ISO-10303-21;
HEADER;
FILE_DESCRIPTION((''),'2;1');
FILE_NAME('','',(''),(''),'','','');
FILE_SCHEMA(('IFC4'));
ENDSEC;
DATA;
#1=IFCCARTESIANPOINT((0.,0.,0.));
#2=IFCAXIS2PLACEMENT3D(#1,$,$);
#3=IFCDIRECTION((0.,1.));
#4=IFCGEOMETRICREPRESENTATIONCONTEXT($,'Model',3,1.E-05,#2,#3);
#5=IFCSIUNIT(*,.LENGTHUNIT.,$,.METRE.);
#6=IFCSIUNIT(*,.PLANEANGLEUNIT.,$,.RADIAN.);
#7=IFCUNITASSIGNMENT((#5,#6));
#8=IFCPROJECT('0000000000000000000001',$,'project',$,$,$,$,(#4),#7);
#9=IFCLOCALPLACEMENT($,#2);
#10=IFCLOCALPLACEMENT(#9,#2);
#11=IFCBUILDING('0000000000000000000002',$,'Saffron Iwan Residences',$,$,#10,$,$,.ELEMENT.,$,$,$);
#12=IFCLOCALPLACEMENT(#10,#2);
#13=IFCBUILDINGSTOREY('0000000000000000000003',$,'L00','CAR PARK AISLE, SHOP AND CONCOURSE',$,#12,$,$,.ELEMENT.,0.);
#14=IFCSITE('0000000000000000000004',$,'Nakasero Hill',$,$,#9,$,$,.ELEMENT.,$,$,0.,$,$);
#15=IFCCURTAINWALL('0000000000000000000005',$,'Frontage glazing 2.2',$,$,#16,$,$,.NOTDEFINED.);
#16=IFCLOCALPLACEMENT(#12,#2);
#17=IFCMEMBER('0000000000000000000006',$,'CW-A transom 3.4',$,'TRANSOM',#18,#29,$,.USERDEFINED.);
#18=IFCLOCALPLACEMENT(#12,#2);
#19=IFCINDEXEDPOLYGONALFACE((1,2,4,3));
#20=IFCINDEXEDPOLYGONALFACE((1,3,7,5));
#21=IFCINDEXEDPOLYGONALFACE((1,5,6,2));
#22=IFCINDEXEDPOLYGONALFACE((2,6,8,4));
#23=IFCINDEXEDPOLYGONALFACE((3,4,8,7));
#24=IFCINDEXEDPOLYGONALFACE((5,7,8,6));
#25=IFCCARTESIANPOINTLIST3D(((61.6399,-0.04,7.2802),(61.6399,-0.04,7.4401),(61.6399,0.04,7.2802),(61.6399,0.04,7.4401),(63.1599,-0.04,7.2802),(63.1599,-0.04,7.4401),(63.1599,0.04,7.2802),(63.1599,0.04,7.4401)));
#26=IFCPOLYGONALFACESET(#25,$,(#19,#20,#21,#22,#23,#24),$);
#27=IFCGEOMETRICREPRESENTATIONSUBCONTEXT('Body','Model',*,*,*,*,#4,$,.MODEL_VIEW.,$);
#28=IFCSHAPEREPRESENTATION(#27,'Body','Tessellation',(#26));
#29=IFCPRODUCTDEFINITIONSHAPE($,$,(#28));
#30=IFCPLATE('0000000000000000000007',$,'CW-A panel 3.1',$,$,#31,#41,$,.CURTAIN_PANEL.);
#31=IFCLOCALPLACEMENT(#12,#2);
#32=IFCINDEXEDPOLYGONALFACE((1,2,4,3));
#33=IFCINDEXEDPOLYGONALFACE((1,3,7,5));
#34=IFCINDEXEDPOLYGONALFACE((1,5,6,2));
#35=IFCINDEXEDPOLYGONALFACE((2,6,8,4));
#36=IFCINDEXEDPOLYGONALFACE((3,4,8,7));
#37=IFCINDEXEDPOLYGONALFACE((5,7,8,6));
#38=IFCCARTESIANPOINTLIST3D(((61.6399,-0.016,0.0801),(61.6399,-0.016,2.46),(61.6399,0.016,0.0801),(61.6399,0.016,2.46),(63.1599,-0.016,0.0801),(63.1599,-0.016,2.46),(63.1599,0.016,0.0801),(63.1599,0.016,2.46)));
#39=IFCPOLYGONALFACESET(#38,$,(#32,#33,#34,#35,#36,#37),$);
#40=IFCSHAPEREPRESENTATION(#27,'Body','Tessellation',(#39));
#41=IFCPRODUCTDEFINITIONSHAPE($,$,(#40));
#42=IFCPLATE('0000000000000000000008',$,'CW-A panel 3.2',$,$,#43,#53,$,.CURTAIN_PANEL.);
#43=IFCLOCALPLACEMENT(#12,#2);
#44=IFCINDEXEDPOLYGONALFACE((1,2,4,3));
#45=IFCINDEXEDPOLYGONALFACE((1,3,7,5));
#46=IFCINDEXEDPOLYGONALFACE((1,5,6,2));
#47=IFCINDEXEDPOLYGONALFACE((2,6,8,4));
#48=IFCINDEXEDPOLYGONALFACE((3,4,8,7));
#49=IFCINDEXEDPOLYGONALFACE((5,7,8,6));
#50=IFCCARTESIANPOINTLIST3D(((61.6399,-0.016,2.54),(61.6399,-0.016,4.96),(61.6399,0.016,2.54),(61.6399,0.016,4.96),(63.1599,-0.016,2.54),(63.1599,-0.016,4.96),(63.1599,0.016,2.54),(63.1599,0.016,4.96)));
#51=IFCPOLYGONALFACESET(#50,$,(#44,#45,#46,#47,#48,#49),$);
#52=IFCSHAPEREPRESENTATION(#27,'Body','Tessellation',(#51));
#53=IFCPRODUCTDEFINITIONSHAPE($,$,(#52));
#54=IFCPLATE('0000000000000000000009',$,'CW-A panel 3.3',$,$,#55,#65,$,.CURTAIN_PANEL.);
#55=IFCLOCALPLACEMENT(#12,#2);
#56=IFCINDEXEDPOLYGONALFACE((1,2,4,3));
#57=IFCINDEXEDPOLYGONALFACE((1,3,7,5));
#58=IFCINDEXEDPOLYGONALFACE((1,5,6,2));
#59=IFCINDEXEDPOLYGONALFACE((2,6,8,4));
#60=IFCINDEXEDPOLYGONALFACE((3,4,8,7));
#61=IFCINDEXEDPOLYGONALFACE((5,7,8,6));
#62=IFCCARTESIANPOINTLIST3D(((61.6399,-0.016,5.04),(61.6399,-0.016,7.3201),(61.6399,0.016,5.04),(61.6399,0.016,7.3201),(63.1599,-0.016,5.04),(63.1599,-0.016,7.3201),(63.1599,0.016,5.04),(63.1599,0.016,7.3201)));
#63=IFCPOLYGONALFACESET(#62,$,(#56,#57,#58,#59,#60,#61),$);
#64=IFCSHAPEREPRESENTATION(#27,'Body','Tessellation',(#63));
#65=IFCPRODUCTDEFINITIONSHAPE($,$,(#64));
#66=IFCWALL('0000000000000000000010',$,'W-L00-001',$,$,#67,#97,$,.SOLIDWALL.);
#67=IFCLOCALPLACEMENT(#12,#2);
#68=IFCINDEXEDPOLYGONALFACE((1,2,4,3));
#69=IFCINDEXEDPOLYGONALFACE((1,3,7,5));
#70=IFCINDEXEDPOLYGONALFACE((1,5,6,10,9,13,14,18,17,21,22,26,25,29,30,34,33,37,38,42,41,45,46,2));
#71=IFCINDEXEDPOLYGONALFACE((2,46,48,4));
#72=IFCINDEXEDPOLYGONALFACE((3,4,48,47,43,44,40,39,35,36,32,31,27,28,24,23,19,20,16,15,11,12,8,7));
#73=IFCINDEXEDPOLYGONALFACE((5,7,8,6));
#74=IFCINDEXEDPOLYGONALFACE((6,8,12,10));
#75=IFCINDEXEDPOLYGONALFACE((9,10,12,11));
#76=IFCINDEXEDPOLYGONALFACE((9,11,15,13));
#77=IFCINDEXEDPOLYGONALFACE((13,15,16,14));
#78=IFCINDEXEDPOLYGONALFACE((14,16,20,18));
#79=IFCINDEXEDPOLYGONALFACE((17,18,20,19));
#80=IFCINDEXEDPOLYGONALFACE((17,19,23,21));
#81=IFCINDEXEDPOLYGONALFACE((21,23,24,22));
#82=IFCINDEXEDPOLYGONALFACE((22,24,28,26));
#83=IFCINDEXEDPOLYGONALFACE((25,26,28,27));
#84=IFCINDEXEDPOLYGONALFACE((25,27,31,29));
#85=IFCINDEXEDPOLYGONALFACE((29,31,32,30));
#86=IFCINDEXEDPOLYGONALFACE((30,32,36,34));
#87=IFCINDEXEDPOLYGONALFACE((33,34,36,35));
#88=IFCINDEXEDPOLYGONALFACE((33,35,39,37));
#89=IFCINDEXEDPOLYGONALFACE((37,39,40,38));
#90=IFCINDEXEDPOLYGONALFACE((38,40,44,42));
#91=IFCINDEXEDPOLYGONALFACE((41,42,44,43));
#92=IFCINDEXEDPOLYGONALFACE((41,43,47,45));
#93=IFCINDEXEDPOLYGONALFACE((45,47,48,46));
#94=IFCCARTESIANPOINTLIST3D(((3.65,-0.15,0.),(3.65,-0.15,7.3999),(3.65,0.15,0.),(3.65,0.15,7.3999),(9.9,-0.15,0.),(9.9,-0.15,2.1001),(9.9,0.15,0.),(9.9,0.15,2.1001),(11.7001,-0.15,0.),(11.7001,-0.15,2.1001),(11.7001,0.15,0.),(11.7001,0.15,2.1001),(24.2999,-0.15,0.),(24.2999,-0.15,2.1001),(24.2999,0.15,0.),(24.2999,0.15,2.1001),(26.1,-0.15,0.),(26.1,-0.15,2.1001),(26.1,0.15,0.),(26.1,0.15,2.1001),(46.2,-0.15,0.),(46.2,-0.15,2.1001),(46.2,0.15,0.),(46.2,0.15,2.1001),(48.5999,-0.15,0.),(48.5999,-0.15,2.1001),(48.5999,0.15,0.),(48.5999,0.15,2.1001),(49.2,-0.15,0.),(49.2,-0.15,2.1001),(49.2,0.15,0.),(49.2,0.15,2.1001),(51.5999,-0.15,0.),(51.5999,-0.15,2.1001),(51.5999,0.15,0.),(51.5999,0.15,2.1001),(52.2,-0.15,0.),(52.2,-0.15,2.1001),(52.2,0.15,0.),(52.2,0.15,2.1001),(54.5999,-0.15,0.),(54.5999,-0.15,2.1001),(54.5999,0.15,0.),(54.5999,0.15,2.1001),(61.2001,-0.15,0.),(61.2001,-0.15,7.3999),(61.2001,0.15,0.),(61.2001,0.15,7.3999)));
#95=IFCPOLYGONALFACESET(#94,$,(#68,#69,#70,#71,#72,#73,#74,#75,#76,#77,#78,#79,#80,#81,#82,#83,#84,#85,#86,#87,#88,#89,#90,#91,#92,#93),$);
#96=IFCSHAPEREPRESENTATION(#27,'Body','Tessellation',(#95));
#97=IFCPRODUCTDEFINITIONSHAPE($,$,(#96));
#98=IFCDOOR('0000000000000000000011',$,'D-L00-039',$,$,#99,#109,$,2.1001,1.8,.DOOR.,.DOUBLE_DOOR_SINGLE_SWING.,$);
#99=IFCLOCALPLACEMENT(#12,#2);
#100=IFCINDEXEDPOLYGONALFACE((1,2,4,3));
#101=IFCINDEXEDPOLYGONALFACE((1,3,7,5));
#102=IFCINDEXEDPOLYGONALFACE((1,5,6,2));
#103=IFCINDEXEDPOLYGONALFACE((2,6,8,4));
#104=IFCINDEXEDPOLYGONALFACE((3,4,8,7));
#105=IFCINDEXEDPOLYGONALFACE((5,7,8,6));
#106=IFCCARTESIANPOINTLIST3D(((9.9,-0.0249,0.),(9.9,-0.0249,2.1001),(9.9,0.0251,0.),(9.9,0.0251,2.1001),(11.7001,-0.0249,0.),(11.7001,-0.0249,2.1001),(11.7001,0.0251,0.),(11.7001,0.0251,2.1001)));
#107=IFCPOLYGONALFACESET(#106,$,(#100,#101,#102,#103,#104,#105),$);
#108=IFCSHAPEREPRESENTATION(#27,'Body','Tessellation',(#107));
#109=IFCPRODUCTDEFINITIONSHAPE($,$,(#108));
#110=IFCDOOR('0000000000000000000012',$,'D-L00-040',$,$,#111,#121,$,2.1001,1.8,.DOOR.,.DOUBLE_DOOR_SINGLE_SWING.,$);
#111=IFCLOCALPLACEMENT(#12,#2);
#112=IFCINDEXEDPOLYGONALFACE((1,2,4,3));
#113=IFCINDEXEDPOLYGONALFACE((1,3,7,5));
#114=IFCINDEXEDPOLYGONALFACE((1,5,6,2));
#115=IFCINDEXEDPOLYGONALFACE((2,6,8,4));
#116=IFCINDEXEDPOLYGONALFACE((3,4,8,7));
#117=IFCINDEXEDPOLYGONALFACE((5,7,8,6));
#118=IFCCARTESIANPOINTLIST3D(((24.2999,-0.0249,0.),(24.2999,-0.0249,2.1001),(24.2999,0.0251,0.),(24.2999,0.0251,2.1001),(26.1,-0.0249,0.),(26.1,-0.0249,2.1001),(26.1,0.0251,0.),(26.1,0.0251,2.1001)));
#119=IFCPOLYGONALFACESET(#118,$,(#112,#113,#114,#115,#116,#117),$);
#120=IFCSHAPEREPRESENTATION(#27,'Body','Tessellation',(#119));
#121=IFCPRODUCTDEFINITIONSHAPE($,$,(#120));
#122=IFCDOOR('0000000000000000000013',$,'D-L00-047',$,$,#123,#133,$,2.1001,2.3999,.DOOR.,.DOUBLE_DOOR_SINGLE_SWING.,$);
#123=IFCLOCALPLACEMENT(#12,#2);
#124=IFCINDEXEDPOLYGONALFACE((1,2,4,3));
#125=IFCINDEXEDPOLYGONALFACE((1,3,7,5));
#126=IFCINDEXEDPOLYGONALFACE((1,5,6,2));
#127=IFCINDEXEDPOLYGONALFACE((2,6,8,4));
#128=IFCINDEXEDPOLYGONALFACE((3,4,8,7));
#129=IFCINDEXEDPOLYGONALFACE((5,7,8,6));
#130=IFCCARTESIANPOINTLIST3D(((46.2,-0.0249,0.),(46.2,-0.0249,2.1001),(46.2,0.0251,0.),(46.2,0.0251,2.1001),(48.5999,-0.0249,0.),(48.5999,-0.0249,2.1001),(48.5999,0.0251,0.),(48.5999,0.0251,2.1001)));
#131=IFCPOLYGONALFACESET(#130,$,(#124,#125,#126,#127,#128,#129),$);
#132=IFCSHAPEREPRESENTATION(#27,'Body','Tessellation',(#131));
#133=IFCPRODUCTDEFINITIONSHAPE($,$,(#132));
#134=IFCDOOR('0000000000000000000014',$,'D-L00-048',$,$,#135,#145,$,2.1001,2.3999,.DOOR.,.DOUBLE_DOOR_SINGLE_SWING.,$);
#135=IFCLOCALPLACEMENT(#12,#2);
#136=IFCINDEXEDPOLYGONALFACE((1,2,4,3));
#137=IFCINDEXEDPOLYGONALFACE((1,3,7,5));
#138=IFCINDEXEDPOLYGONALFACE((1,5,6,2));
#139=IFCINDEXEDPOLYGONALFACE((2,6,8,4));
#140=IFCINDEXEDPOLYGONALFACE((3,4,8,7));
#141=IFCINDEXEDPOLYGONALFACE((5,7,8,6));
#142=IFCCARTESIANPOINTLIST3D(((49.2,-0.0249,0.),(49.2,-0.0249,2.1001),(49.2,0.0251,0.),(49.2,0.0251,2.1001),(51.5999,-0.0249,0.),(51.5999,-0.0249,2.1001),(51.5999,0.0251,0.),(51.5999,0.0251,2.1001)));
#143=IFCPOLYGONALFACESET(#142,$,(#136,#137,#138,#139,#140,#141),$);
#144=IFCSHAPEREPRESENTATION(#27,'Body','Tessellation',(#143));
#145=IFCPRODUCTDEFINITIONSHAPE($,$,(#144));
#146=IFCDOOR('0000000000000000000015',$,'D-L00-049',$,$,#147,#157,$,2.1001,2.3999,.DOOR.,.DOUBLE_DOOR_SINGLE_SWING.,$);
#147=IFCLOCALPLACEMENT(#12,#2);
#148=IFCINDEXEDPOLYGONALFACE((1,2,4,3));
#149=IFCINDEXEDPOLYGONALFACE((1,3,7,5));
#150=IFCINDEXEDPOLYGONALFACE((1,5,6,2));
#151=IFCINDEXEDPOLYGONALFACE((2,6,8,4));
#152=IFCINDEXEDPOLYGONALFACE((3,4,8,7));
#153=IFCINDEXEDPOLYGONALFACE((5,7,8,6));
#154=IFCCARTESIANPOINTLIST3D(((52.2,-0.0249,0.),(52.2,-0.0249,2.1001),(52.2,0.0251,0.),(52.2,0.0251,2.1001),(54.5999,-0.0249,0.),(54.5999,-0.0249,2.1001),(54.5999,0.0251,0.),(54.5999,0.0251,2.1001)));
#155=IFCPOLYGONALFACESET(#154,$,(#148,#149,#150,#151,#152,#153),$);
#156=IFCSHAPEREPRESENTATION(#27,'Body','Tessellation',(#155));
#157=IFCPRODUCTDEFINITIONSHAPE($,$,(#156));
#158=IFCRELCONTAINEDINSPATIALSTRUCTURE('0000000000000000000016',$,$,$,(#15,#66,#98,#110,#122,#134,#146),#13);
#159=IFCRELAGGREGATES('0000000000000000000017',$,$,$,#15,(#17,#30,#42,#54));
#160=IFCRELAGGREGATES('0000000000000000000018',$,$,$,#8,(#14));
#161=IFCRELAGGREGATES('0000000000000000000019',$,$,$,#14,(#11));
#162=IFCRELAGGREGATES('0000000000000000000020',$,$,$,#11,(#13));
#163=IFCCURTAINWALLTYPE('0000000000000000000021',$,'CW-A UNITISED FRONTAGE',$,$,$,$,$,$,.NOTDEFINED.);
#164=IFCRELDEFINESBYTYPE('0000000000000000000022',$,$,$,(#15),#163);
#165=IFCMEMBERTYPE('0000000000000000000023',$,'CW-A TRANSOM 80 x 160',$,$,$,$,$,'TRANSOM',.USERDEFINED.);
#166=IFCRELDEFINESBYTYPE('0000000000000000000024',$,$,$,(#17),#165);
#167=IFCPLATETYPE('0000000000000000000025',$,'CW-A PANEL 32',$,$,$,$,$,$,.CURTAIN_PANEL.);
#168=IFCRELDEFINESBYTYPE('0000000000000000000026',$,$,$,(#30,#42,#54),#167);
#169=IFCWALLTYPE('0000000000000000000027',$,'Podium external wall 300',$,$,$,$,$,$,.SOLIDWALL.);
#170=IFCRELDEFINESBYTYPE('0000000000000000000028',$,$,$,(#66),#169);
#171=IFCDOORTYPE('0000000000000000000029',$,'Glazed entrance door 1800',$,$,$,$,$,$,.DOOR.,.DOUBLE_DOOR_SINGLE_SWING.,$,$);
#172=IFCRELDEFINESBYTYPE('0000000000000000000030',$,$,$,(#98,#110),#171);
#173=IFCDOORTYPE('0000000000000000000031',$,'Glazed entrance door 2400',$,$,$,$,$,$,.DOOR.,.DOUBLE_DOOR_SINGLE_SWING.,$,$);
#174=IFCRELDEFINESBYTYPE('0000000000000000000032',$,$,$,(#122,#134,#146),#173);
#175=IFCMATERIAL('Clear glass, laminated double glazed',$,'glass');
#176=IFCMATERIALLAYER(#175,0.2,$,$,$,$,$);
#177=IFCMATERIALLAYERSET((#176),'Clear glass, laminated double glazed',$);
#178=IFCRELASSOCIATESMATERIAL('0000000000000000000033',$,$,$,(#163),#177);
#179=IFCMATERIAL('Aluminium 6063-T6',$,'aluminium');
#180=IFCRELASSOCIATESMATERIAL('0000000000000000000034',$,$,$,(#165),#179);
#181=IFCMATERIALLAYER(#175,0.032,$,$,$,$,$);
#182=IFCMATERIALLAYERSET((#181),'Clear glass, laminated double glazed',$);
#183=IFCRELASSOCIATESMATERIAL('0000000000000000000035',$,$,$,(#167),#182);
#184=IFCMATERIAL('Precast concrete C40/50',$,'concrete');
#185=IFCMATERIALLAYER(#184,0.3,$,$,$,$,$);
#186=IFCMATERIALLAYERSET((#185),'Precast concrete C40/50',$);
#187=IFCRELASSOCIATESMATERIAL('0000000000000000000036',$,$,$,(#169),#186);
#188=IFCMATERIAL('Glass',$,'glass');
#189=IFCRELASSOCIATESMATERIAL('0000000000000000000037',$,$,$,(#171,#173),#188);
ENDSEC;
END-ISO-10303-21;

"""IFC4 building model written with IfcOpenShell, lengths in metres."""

from ifc_helpers import new_model, si_unit, direction, frame, frame_2d, origin, origin_2d, place, context, subcontext, project, spatial, rectangle, extrude, source, transform, mapped, material, layer, layer_set, material_profile, profile_set, type_object, element, fill, aggregate, save


model = new_model("IFC4")

# Units and contexts
model_context = context("Model", 3, precision=1e-05, world=origin(), true_north=direction((0.0, 1.0)))
body_context = subcontext(model_context, "Body", "Model", "MODEL_VIEW")
ifc_project = project(units=[si_unit("LENGTHUNIT", "METRE"), si_unit("PLANEANGLEUNIT", "RADIAN")], contexts=[model_context])

# Site, building, storey
site_placement = place(None, origin())
site = spatial("IfcSite", under=ifc_project, at=site_placement, Name="Nakasero Hill", CompositionType="ELEMENT", RefElevation=0.0)
building_placement = place(site_placement, origin())
building = spatial("IfcBuilding", under=site, at=building_placement, Name="Saffron Iwan Residences", CompositionType="ELEMENT")
storey_placement = place(building_placement, origin())
storey = spatial("IfcBuildingStorey", under=building, at=storey_placement, Name="L00", Description="CAR PARK AISLE, SHOP AND CONCOURSE", CompositionType="ELEMENT", Elevation=0.0)

# Curtain wall, member, plates
ifc_material_1 = material(Name="Clear glass, laminated double glazed", Category="glass")
ifc_layer_1 = layer(ifc_material_1, 0.2)
ifc_layer_set_1 = layer_set([ifc_layer_1], Name="Clear glass, laminated double glazed")
curtain_wall_type = type_object("IfcCurtainWallType", Name="CW-A UNITISED FRONTAGE", PredefinedType="NOTDEFINED", material=ifc_layer_set_1)
curtain_wall_placement = place(storey_placement, origin())
curtain_wall = element("IfcCurtainWall", 1, at=curtain_wall_placement, inside=storey, type_object=curtain_wall_type, Name="Frontage glazing 2.2", PredefinedType="NOTDEFINED")
ifc_material_2 = material(Name="Aluminium 6063-T6", Category="aluminium")
ifc_material_profile_1 = material_profile(ifc_material_2, rectangle(XDim=0.0801, YDim=0.1599, at=origin_2d()), Name="CW-A TRANSOM 80 x 160")
ifc_profile_set_1 = profile_set([ifc_material_profile_1], Name="Aluminium 6063-T6")
member_type_1 = type_object("IfcMemberType", Name="CW-A TRANSOM 80 x 160", ElementType="TRANSOM", PredefinedType="USERDEFINED", material=ifc_profile_set_1)
shared_shape_1 = source(origin(), body_context, "Body", "SweptSolid", [
    extrude(rectangle(XDim=0.0801, YDim=0.1599, at=origin_2d()), origin(), (0.0, 0.0, 1.0), 1.52),
])
member_1_placement = place(storey_placement, frame((61.6399, 0.0, 7.3601), z_axis=(1.0, 0.0, 0.0), x_axis=(0.0, 1.0, 0.0)))
member_1 = element("IfcMember", 2, at=member_1_placement, type_object=member_type_1, Name="CW-A transom 3.4", ObjectType="TRANSOM", PredefinedType="USERDEFINED", context=body_context, shape_type="MappedRepresentation", body=[
    mapped(shared_shape_1, transform((0.0, 0.0, 0.0))),
])
ifc_layer_2 = layer(ifc_material_1, 0.032)
ifc_layer_set_2 = layer_set([ifc_layer_2], Name="Clear glass, laminated double glazed")
plate_type = type_object("IfcPlateType", Name="CW-A PANEL 32", PredefinedType="CURTAIN_PANEL", material=ifc_layer_set_2)
shared_shape_2 = source(origin(), body_context, "Body", "SweptSolid", [
    extrude(rectangle(XDim=1.52, YDim=0.032, at=origin_2d()), origin(), (0.0, 0.0, 1.0), 2.3799),
])
plate_1_placement = place(storey_placement, frame((62.3999, 0.0, 0.0801), z_axis=(0.0, 0.0, 1.0), x_axis=(1.0, 0.0, 0.0)))
plate_1 = element("IfcPlate", 3, at=plate_1_placement, type_object=plate_type, Name="CW-A panel 3.1", PredefinedType="CURTAIN_PANEL", context=body_context, shape_type="MappedRepresentation", body=[
    mapped(shared_shape_2, transform((0.0, 0.0, 0.0))),
])
shared_shape_3 = source(origin(), body_context, "Body", "SweptSolid", [
    extrude(rectangle(XDim=1.52, YDim=0.032, at=origin_2d()), origin(), (0.0, 0.0, 1.0), 2.4199),
])
plate_2_placement = place(storey_placement, frame((62.3999, 0.0, 2.54), z_axis=(0.0, 0.0, 1.0), x_axis=(1.0, 0.0, 0.0)))
plate_2 = element("IfcPlate", 4, at=plate_2_placement, type_object=plate_type, Name="CW-A panel 3.2", PredefinedType="CURTAIN_PANEL", context=body_context, shape_type="MappedRepresentation", body=[
    mapped(shared_shape_3, transform((0.0, 0.0, 0.0))),
])
shared_shape_4 = source(origin(), body_context, "Body", "SweptSolid", [
    extrude(rectangle(XDim=1.52, YDim=0.032, at=origin_2d()), origin(), (0.0, 0.0, 1.0), 2.28),
])
plate_3_placement = place(storey_placement, frame((62.3999, 0.0, 5.04), z_axis=(0.0, 0.0, 1.0), x_axis=(1.0, 0.0, 0.0)))
plate_3 = element("IfcPlate", 5, at=plate_3_placement, type_object=plate_type, Name="CW-A panel 3.3", PredefinedType="CURTAIN_PANEL", context=body_context, shape_type="MappedRepresentation", body=[
    mapped(shared_shape_4, transform((0.0, 0.0, 0.0))),
])
aggregate(curtain_wall, [member_1, plate_1, plate_2, plate_3])

# Wall, openings, doors
ifc_material_3 = material(Name="Precast concrete C40/50", Category="concrete")
ifc_layer_3 = layer(ifc_material_3, 0.3)
ifc_layer_set_3 = layer_set([ifc_layer_3], Name="Precast concrete C40/50")
wall_type_1 = type_object("IfcWallType", Name="Podium external wall 300", PredefinedType="SOLIDWALL", material=ifc_layer_set_3)
wall_1_placement = place(storey_placement, frame((61.2, 0.0, 0.0), z_axis=(0.0, 0.0, 1.0), x_axis=(-1.0, 0.0, 0.0)))
wall_1 = element("IfcWall", 6, at=wall_1_placement, inside=storey, type_object=wall_type_1, Name="W-L00-001", PredefinedType="SOLIDWALL", context=body_context, shape_type="SweptSolid", body=[
    extrude(rectangle(XDim=57.55, YDim=0.3, at=frame_2d((28.7749, 0.0))), origin(), (0.0, 0.0, 1.0), 7.3999),
])
opening_1_placement = place(wall_1_placement, frame((49.5, 0.0, 0.0)))
opening_1 = element("IfcOpeningElement", 7, at=opening_1_placement, cuts=wall_1, PredefinedType="OPENING", context=body_context, shape_type="SweptSolid", body=[
    extrude(rectangle(XDim=1.8, YDim=2.1001, at=frame_2d((0.8999, 1.05))), frame((0.0, 0.1602, 0.0), z_axis=(0.0, -1.0, 0.0), x_axis=(1.0, 0.0, 0.0)), (0.0, 0.0, 1.0), 0.3201),
])
opening_2_placement = place(wall_1_placement, frame((35.1001, 0.0, 0.0)))
opening_2 = element("IfcOpeningElement", 8, at=opening_2_placement, cuts=wall_1, PredefinedType="OPENING", context=body_context, shape_type="SweptSolid", body=[
    extrude(rectangle(XDim=1.8, YDim=2.1001, at=frame_2d((0.8999, 1.05))), frame((0.0, 0.1602, 0.0), z_axis=(0.0, -1.0, 0.0), x_axis=(1.0, 0.0, 0.0)), (0.0, 0.0, 1.0), 0.3201),
])
opening_3_placement = place(wall_1_placement, frame((12.6001, 0.0, 0.0)))
opening_3 = element("IfcOpeningElement", 9, at=opening_3_placement, cuts=wall_1, PredefinedType="OPENING", context=body_context, shape_type="SweptSolid", body=[
    extrude(rectangle(XDim=2.3999, YDim=2.1001, at=frame_2d((1.2, 1.05))), frame((0.0, 0.1602, 0.0), z_axis=(0.0, -1.0, 0.0), x_axis=(1.0, 0.0, 0.0)), (0.0, 0.0, 1.0), 0.3201),
])
opening_4_placement = place(wall_1_placement, frame((9.6001, 0.0, 0.0)))
opening_4 = element("IfcOpeningElement", 10, at=opening_4_placement, cuts=wall_1, PredefinedType="OPENING", context=body_context, shape_type="SweptSolid", body=[
    extrude(rectangle(XDim=2.3999, YDim=2.1001, at=frame_2d((1.2, 1.05))), frame((0.0, 0.1602, 0.0), z_axis=(0.0, -1.0, 0.0), x_axis=(1.0, 0.0, 0.0)), (0.0, 0.0, 1.0), 0.3201),
])
opening_5_placement = place(wall_1_placement, frame((6.6001, 0.0, 0.0)))
opening_5 = element("IfcOpeningElement", 11, at=opening_5_placement, cuts=wall_1, PredefinedType="OPENING", context=body_context, shape_type="SweptSolid", body=[
    extrude(rectangle(XDim=2.3999, YDim=2.1001, at=frame_2d((1.2, 1.05))), frame((0.0, 0.1602, 0.0), z_axis=(0.0, -1.0, 0.0), x_axis=(1.0, 0.0, 0.0)), (0.0, 0.0, 1.0), 0.3201),
])
ifc_material_4 = material(Name="Glass", Category="glass")
door_type_1 = type_object("IfcDoorType", Name="Glazed entrance door 1800", OperationType="DOUBLE_DOOR_SINGLE_SWING", PredefinedType="DOOR", material=ifc_material_4)
door_1_placement = place(opening_1_placement, origin())
door_1 = element("IfcDoor", 12, at=door_1_placement, inside=storey, type_object=door_type_1, Name="D-L00-039", OperationType="DOUBLE_DOOR_SINGLE_SWING", OverallHeight=2.1001, OverallWidth=1.8, PredefinedType="DOOR", context=body_context, shape_type="SweptSolid", body=[
    extrude(rectangle(XDim=1.8, YDim=2.1001, at=frame_2d((0.8999, 1.05))), frame((0.0, 0.0249, 0.0), z_axis=(0.0, -1.0, 0.0), x_axis=(1.0, 0.0, 0.0)), (0.0, 0.0, 1.0), 0.05),
])
fill(opening_1, door_1)
door_2_placement = place(opening_2_placement, origin())
door_2 = element("IfcDoor", 13, at=door_2_placement, inside=storey, type_object=door_type_1, Name="D-L00-040", OperationType="DOUBLE_DOOR_SINGLE_SWING", OverallHeight=2.1001, OverallWidth=1.8, PredefinedType="DOOR", context=body_context, shape_type="SweptSolid", body=[
    extrude(rectangle(XDim=1.8, YDim=2.1001, at=frame_2d((0.8999, 1.05))), frame((0.0, 0.0249, 0.0), z_axis=(0.0, -1.0, 0.0), x_axis=(1.0, 0.0, 0.0)), (0.0, 0.0, 1.0), 0.05),
])
fill(opening_2, door_2)
door_type_2 = type_object("IfcDoorType", Name="Glazed entrance door 2400", OperationType="DOUBLE_DOOR_SINGLE_SWING", PredefinedType="DOOR", material=ifc_material_4)
door_3_placement = place(opening_3_placement, origin())
door_3 = element("IfcDoor", 14, at=door_3_placement, inside=storey, type_object=door_type_2, Name="D-L00-047", OperationType="DOUBLE_DOOR_SINGLE_SWING", OverallHeight=2.1001, OverallWidth=2.3999, PredefinedType="DOOR", context=body_context, shape_type="SweptSolid", body=[
    extrude(rectangle(XDim=2.3999, YDim=2.1001, at=frame_2d((1.2, 1.05))), frame((0.0, 0.0249, 0.0), z_axis=(0.0, -1.0, 0.0), x_axis=(1.0, 0.0, 0.0)), (0.0, 0.0, 1.0), 0.05),
])
fill(opening_3, door_3)
door_4_placement = place(opening_4_placement, origin())
door_4 = element("IfcDoor", 15, at=door_4_placement, inside=storey, type_object=door_type_2, Name="D-L00-048", OperationType="DOUBLE_DOOR_SINGLE_SWING", OverallHeight=2.1001, OverallWidth=2.3999, PredefinedType="DOOR", context=body_context, shape_type="SweptSolid", body=[
    extrude(rectangle(XDim=2.3999, YDim=2.1001, at=frame_2d((1.2, 1.05))), frame((0.0, 0.0249, 0.0), z_axis=(0.0, -1.0, 0.0), x_axis=(1.0, 0.0, 0.0)), (0.0, 0.0, 1.0), 0.05),
])
fill(opening_4, door_4)
door_5_placement = place(opening_5_placement, origin())
door_5 = element("IfcDoor", 16, at=door_5_placement, inside=storey, type_object=door_type_2, Name="D-L00-049", OperationType="DOUBLE_DOOR_SINGLE_SWING", OverallHeight=2.1001, OverallWidth=2.3999, PredefinedType="DOOR", context=body_context, shape_type="SweptSolid", body=[
    extrude(rectangle(XDim=2.3999, YDim=2.1001, at=frame_2d((1.2, 1.05))), frame((0.0, 0.0249, 0.0), z_axis=(0.0, -1.0, 0.0), x_axis=(1.0, 0.0, 0.0)), (0.0, 0.0, 1.0), 0.05),
])
fill(opening_5, door_5)

save(model, "model.ifc")
